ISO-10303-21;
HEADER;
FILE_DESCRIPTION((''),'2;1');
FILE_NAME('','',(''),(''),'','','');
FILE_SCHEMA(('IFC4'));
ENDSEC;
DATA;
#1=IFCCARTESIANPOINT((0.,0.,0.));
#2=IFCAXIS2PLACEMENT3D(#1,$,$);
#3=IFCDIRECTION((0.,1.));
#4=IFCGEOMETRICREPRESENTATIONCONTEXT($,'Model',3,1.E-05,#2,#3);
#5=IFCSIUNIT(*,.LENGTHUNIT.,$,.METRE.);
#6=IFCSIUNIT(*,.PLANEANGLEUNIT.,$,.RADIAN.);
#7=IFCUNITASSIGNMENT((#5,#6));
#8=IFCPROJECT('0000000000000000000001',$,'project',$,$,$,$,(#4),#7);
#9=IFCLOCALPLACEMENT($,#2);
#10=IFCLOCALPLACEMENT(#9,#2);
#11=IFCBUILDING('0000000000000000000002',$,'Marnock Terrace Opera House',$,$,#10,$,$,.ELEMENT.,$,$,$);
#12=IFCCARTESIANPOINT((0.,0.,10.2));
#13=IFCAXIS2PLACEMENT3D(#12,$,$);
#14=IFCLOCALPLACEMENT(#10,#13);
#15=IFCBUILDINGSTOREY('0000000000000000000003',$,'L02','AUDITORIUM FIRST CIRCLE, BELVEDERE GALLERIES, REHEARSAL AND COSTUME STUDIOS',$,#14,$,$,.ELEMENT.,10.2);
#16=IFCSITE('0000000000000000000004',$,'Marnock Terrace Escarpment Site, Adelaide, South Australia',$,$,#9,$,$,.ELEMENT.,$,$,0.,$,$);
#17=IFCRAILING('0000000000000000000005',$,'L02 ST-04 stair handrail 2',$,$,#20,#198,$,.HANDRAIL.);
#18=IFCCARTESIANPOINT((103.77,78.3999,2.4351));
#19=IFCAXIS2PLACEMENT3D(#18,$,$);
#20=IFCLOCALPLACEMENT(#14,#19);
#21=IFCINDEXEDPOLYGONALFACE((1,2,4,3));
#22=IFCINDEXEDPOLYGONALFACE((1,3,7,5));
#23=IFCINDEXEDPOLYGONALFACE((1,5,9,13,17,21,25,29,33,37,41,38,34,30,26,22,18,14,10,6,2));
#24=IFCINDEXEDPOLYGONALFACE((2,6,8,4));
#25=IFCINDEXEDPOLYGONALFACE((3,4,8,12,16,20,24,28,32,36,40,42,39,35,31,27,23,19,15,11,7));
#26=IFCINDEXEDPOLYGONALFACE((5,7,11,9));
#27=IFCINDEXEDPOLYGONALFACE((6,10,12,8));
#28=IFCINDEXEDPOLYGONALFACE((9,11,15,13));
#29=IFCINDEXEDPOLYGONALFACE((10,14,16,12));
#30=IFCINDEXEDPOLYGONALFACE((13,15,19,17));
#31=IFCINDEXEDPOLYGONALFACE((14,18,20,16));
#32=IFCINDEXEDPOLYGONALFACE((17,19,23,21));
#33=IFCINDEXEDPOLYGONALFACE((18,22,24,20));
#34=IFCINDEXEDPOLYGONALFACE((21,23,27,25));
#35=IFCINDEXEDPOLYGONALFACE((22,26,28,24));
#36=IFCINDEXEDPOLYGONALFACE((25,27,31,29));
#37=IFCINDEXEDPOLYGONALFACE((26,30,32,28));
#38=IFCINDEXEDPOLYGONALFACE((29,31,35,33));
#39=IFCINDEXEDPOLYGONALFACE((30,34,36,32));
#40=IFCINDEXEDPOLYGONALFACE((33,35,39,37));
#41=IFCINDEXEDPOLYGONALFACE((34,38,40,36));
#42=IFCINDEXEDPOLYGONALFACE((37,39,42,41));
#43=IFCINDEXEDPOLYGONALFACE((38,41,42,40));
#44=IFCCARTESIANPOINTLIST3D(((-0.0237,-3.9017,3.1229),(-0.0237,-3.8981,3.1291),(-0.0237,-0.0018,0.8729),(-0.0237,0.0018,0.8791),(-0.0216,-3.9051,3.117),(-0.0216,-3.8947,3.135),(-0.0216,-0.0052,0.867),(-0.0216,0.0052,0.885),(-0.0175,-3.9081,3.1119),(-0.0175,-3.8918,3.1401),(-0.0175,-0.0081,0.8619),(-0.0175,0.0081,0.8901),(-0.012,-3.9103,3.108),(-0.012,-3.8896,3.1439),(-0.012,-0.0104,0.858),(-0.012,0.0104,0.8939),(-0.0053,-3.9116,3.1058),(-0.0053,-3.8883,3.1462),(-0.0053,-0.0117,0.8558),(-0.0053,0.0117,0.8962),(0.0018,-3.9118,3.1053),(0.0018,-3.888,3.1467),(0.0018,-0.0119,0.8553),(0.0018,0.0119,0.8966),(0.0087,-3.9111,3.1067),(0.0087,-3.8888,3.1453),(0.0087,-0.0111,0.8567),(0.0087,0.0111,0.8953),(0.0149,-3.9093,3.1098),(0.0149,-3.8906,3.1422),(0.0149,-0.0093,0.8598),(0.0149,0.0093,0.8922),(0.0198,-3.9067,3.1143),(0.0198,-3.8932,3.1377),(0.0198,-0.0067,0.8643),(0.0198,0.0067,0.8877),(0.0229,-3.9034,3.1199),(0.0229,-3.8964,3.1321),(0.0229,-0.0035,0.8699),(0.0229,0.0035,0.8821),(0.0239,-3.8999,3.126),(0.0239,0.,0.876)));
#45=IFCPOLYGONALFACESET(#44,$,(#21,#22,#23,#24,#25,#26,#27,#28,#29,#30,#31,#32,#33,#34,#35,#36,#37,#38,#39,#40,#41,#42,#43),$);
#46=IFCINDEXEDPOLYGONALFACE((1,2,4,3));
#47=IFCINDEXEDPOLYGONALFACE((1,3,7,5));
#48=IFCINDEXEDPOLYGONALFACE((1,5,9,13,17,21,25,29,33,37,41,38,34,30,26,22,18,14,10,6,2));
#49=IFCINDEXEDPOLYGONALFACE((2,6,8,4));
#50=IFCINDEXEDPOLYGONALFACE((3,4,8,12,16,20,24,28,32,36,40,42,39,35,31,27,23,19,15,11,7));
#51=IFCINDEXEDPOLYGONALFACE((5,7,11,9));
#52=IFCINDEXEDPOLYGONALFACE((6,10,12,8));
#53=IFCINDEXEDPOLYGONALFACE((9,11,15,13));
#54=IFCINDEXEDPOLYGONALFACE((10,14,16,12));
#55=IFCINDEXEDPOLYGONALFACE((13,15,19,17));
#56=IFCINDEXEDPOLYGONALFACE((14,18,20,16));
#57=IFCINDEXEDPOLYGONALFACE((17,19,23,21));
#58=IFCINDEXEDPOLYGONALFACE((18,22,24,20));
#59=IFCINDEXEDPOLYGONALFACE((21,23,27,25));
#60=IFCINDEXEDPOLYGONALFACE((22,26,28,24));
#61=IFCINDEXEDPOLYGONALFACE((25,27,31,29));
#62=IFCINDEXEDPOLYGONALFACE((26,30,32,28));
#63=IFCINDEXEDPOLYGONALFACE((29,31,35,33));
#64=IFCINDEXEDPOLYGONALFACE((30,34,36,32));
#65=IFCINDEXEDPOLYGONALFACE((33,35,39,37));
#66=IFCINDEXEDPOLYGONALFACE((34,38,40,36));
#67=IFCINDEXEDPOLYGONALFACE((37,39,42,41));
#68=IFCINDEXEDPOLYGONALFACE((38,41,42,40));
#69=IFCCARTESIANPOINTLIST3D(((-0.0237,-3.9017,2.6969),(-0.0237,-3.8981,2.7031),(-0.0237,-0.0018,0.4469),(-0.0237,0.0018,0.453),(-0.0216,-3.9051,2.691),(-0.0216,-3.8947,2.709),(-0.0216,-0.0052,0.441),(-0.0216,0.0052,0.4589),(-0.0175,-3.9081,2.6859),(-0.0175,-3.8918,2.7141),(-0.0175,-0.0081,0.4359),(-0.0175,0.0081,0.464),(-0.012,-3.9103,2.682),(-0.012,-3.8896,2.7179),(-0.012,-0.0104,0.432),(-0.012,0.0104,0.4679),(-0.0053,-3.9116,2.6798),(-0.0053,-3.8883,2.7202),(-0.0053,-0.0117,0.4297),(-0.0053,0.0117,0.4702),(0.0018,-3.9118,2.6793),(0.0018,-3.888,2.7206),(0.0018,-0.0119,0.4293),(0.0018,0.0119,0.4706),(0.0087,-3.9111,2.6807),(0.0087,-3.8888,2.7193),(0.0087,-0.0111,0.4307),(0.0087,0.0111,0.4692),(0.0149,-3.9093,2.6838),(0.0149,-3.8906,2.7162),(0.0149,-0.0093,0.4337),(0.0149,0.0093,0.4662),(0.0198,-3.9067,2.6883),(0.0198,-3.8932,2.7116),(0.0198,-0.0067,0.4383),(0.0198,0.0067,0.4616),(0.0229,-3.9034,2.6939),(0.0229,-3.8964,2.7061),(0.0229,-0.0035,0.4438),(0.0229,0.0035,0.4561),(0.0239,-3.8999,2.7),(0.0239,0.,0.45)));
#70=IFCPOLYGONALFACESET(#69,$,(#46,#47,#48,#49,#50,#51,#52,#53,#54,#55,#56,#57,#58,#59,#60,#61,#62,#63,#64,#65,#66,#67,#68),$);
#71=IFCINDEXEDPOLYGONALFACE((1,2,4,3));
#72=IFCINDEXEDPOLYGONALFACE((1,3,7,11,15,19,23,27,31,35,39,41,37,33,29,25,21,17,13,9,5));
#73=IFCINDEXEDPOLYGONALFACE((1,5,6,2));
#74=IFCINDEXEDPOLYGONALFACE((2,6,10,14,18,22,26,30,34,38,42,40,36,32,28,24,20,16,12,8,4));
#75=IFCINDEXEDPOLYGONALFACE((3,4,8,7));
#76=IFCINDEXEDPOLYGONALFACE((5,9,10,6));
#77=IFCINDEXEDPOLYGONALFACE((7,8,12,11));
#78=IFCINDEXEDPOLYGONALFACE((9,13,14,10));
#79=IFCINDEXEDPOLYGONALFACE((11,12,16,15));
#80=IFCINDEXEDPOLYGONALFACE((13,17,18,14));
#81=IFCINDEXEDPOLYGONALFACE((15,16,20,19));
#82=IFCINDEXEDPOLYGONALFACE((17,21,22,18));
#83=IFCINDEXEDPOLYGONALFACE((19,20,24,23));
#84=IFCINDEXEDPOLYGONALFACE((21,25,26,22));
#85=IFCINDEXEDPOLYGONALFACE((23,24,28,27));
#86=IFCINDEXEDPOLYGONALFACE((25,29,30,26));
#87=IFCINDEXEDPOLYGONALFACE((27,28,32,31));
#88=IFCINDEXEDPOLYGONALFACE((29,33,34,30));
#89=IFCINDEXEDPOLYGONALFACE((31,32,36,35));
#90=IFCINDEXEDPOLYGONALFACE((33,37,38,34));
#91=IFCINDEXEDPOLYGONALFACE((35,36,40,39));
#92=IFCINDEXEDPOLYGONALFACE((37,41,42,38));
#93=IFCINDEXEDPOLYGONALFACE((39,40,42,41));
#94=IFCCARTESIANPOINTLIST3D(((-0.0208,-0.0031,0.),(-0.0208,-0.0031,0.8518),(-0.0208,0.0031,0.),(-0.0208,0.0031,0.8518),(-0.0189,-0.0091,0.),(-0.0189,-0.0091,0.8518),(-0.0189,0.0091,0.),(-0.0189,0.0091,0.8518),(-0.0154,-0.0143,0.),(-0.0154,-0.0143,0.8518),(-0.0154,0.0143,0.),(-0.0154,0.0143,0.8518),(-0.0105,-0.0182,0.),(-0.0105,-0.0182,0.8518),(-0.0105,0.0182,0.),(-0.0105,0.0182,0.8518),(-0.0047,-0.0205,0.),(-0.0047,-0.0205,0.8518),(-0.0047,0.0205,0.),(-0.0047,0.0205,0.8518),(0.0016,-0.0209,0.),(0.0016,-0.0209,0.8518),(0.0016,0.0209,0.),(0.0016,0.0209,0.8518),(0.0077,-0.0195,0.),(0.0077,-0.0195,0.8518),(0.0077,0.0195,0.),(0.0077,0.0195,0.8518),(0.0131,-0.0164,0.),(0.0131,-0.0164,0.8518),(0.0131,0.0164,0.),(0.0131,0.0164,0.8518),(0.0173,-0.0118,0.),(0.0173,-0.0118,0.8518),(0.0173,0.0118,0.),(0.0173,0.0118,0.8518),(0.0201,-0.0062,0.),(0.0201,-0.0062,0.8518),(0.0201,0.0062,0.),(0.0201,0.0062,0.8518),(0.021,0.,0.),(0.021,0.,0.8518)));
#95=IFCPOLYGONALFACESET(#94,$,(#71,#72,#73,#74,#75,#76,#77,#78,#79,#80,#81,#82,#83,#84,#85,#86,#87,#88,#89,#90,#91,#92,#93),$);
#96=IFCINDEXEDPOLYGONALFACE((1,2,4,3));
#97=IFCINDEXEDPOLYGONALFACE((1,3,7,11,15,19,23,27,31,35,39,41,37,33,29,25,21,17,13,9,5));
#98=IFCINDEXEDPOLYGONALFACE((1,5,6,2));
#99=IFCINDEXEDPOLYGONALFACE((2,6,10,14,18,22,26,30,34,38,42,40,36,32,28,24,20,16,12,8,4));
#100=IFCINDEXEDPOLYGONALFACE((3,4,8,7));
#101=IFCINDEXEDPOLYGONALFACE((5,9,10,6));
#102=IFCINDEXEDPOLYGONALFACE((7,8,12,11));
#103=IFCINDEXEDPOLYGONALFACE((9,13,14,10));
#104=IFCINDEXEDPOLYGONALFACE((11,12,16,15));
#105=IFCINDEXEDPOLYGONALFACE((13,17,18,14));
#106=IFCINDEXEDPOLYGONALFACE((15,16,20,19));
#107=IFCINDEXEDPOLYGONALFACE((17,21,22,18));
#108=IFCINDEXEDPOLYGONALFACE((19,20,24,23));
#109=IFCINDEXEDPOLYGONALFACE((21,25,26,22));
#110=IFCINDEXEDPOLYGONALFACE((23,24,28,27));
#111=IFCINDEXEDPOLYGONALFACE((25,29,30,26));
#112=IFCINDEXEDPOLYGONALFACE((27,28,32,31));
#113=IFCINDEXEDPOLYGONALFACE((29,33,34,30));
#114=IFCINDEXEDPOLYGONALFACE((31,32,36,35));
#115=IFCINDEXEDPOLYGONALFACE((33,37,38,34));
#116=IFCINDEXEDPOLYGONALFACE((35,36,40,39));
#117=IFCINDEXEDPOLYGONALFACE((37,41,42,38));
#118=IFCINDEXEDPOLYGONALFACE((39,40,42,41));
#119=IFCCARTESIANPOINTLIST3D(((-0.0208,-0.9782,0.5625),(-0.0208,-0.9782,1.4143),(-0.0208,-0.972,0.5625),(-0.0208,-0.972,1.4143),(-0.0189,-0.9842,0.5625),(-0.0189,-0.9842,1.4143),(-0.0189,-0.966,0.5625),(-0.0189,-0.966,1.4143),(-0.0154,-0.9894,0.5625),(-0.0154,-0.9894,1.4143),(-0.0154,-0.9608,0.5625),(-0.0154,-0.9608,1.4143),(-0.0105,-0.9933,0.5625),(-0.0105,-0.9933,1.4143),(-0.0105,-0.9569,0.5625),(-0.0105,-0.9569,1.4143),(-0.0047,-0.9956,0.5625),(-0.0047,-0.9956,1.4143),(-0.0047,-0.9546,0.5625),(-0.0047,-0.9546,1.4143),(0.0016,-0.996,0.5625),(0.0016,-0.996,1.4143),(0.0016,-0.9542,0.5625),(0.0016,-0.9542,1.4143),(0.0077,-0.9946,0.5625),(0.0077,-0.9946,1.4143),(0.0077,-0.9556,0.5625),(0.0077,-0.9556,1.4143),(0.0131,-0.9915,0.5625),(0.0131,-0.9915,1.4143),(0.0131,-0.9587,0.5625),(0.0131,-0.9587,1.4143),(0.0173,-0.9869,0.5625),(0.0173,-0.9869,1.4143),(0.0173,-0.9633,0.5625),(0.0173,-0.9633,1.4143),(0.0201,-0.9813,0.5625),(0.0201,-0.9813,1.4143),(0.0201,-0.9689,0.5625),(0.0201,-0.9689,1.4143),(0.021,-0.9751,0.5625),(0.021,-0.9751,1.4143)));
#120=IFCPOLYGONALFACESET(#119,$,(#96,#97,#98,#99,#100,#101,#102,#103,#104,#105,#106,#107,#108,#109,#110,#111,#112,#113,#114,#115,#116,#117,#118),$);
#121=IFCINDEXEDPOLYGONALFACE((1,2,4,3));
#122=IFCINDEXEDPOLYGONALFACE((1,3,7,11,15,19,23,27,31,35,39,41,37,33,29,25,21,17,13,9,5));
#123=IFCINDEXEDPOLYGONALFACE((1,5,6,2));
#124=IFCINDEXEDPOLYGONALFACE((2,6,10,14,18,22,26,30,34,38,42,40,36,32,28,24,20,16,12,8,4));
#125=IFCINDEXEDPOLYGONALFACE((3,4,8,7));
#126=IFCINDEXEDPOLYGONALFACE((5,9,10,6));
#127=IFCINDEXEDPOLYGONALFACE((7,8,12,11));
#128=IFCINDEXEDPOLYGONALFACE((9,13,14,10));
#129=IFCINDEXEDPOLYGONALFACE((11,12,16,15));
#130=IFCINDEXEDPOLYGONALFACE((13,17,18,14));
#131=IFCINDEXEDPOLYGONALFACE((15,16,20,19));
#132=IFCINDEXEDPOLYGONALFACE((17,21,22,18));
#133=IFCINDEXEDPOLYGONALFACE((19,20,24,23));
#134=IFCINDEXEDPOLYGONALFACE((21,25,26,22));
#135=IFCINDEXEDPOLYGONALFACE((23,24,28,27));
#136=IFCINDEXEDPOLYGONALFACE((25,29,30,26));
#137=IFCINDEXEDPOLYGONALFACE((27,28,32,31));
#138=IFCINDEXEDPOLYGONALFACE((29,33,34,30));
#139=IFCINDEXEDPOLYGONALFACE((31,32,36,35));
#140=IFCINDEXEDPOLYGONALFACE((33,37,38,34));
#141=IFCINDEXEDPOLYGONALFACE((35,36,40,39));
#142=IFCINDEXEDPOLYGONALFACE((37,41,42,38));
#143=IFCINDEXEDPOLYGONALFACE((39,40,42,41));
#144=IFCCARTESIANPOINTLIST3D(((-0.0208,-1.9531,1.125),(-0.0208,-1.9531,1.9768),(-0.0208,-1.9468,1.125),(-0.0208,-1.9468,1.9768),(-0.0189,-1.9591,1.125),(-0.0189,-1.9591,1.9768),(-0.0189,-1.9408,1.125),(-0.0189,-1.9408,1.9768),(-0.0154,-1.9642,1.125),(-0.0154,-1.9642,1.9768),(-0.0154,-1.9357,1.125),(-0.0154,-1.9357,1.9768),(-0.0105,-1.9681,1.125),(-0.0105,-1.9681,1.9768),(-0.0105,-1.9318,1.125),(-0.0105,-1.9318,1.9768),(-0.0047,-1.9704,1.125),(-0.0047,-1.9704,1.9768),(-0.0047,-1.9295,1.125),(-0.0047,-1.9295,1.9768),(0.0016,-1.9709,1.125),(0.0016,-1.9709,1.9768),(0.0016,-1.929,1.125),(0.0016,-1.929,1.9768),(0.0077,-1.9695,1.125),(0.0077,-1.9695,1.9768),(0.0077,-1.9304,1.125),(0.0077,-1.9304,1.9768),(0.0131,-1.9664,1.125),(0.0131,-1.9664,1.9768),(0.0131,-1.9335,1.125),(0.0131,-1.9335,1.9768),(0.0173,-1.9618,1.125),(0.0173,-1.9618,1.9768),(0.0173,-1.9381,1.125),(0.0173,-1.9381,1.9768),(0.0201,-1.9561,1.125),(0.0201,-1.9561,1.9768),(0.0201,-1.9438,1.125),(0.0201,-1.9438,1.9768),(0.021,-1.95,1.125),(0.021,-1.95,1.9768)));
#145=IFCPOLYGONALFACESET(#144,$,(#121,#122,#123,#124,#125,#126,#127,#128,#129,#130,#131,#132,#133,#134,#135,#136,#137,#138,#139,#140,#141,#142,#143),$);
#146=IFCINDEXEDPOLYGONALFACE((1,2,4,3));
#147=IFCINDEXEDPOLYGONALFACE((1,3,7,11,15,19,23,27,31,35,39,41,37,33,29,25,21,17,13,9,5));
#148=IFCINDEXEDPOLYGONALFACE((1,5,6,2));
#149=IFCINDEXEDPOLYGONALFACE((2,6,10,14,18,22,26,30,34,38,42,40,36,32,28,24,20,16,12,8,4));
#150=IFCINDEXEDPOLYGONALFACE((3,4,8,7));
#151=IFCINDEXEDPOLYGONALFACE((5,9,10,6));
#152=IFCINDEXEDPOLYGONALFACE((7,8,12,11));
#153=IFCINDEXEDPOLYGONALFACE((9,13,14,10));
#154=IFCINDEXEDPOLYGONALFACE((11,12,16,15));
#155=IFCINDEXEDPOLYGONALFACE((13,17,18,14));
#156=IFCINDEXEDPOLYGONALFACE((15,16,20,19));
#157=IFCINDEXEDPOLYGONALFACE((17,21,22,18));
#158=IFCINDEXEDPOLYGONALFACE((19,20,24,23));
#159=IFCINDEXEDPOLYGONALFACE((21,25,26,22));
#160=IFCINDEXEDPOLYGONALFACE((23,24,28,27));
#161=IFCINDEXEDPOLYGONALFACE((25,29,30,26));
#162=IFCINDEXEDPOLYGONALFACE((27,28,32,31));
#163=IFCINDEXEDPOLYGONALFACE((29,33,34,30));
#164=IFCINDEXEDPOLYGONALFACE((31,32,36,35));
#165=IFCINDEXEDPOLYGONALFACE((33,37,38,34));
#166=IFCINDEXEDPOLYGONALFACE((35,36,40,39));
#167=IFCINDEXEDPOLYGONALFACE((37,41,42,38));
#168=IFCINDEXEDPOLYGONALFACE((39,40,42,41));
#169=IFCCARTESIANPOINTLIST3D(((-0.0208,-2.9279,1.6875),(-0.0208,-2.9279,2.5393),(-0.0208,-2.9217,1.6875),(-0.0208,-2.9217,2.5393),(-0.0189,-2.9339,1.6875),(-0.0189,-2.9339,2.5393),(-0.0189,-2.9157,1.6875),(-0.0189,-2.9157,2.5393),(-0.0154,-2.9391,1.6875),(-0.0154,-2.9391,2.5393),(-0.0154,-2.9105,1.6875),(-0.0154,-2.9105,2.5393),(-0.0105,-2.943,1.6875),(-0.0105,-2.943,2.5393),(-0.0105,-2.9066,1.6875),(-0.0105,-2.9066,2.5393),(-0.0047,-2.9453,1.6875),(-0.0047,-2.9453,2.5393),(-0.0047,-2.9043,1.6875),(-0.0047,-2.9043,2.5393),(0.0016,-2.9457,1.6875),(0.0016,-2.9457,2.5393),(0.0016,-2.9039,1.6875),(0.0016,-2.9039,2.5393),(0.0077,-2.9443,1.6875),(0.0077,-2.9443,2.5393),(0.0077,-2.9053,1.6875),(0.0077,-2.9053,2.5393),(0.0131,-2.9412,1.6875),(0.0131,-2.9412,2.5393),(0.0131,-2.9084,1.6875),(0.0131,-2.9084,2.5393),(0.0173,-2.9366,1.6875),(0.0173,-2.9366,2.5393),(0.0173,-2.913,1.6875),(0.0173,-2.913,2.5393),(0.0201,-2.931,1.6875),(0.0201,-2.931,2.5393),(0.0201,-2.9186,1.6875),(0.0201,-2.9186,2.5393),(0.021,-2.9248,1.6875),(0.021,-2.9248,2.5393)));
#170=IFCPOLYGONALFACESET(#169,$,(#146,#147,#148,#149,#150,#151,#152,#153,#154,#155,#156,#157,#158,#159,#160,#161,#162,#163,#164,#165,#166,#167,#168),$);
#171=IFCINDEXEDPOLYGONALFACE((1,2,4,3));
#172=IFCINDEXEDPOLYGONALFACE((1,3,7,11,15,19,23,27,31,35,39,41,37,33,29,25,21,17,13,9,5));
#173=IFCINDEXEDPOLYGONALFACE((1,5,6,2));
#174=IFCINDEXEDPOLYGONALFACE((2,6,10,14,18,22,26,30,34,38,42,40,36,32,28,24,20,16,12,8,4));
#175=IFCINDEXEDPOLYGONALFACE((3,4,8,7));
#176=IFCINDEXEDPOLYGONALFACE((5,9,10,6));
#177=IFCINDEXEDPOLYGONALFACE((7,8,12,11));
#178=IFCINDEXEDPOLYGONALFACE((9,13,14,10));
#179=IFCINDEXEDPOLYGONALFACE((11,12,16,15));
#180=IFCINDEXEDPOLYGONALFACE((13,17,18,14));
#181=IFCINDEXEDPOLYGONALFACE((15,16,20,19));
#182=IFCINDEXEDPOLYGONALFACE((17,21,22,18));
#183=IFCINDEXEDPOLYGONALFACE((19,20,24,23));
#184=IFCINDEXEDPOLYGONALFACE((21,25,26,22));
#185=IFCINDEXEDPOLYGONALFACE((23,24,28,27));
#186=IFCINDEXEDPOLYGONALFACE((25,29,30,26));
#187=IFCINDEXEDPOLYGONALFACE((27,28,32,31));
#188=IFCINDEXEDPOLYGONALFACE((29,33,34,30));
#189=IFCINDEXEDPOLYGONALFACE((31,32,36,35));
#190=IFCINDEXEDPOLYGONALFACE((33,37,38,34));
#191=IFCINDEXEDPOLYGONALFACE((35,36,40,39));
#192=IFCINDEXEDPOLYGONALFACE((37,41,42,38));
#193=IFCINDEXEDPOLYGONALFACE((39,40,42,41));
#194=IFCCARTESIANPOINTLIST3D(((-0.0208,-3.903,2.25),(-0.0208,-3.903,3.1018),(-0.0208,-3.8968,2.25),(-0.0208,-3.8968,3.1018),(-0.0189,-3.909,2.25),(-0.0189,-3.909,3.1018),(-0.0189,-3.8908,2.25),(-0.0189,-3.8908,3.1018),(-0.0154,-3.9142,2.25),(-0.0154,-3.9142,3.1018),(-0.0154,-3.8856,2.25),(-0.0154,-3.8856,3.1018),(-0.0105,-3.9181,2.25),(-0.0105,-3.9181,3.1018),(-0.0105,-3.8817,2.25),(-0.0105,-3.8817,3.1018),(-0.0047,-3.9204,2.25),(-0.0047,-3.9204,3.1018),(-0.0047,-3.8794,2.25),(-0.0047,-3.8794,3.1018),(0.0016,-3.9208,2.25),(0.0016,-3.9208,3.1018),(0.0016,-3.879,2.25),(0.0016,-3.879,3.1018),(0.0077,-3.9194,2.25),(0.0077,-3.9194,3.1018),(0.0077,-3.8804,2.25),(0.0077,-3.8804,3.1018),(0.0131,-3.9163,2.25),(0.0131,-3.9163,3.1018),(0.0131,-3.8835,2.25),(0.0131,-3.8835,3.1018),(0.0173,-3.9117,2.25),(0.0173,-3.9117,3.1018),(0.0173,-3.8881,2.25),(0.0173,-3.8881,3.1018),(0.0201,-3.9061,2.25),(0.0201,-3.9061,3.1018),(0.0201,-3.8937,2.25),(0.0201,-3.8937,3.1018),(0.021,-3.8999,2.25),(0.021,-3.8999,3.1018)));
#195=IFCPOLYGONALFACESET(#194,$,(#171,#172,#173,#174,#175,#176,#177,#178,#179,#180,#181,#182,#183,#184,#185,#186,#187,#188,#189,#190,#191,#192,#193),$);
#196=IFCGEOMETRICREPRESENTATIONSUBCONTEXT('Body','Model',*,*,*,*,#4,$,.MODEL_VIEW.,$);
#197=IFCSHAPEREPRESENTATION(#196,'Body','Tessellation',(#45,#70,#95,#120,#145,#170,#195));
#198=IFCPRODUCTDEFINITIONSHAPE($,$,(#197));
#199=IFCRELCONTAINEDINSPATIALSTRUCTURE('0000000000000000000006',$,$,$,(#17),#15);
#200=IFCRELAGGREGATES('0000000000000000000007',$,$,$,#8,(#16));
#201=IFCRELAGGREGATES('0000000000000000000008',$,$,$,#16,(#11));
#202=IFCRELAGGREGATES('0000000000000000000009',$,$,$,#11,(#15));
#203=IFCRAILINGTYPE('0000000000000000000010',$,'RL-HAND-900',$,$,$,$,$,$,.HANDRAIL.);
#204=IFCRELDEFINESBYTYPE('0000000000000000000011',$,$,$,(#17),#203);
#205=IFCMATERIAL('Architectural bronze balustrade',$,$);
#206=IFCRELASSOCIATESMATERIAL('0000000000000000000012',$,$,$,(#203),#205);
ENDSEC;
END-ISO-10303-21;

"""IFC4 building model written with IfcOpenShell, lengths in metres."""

from ifc_helpers import new_model, si_unit, direction, frame, origin, origin_2d, place, context, subcontext, project, spatial, circle, extrude, material, type_object, element, save


model = new_model("IFC4")

# Units and contexts
model_context = context("Model", 3, precision=1e-05, world=origin(), true_north=direction((0.0, 1.0)))
body_context = subcontext(model_context, "Body", "Model", "MODEL_VIEW")
ifc_project = project(units=[si_unit("LENGTHUNIT", "METRE"), si_unit("PLANEANGLEUNIT", "RADIAN")], contexts=[model_context])

# Site, building, storey
site_placement = place(None, origin())
site = spatial("IfcSite", under=ifc_project, at=site_placement, Name="Marnock Terrace Escarpment Site, Adelaide, South Australia", CompositionType="ELEMENT", RefElevation=0.0)
building_placement = place(site_placement, origin())
building = spatial("IfcBuilding", under=site, at=building_placement, Name="Marnock Terrace Opera House", CompositionType="ELEMENT")
storey_placement = place(building_placement, frame((0.0, 0.0, 10.2)))
storey = spatial("IfcBuildingStorey", under=building, at=storey_placement, Name="L02", Description="AUDITORIUM FIRST CIRCLE, BELVEDERE GALLERIES, REHEARSAL AND COSTUME STUDIOS", CompositionType="ELEMENT", Elevation=10.2)

# Railing
ifc_material_1 = material(Name="Architectural bronze balustrade")
railing_type_1 = type_object("IfcRailingType", Name="RL-HAND-900", PredefinedType="HANDRAIL", material=ifc_material_1)
railing_1_placement = place(storey_placement, frame((103.77, 78.3999, 2.4351)))
element("IfcRailing", 1, at=railing_1_placement, inside=storey, type_object=railing_type_1, Name="L02 ST-04 stair handrail 2", PredefinedType="HANDRAIL", context=body_context, shape_type="SweptSolid", body=[
    extrude(circle(Radius=0.0239, at=origin_2d()), frame((0.0, 0.0, 0.876), z_axis=(0.0, -0.86618, 0.499732), x_axis=(1.0, 0.0, 0.0)), (0.0, 0.0, 1.0), 4.5024),
    extrude(circle(Radius=0.0239, at=origin_2d()), frame((0.0, 0.0, 0.45), z_axis=(0.0, -0.86618, 0.499732), x_axis=(1.0, 0.0, 0.0)), (0.0, 0.0, 1.0), 4.5024),
    extrude(circle(Radius=0.021, at=origin_2d()), origin(), (0.0, 0.0, 1.0), 0.8518),
    extrude(circle(Radius=0.021, at=origin_2d()), frame((0.0, -0.9751, 0.5625)), (0.0, 0.0, 1.0), 0.8518),
    extrude(circle(Radius=0.021, at=origin_2d()), frame((0.0, -1.95, 1.125)), (0.0, 0.0, 1.0), 0.8518),
    extrude(circle(Radius=0.021, at=origin_2d()), frame((0.0, -2.9248, 1.6875)), (0.0, 0.0, 1.0), 0.8518),
    extrude(circle(Radius=0.021, at=origin_2d()), frame((0.0, -3.8999, 2.25)), (0.0, 0.0, 1.0), 0.8518),
])

save(model, "model.ifc")
